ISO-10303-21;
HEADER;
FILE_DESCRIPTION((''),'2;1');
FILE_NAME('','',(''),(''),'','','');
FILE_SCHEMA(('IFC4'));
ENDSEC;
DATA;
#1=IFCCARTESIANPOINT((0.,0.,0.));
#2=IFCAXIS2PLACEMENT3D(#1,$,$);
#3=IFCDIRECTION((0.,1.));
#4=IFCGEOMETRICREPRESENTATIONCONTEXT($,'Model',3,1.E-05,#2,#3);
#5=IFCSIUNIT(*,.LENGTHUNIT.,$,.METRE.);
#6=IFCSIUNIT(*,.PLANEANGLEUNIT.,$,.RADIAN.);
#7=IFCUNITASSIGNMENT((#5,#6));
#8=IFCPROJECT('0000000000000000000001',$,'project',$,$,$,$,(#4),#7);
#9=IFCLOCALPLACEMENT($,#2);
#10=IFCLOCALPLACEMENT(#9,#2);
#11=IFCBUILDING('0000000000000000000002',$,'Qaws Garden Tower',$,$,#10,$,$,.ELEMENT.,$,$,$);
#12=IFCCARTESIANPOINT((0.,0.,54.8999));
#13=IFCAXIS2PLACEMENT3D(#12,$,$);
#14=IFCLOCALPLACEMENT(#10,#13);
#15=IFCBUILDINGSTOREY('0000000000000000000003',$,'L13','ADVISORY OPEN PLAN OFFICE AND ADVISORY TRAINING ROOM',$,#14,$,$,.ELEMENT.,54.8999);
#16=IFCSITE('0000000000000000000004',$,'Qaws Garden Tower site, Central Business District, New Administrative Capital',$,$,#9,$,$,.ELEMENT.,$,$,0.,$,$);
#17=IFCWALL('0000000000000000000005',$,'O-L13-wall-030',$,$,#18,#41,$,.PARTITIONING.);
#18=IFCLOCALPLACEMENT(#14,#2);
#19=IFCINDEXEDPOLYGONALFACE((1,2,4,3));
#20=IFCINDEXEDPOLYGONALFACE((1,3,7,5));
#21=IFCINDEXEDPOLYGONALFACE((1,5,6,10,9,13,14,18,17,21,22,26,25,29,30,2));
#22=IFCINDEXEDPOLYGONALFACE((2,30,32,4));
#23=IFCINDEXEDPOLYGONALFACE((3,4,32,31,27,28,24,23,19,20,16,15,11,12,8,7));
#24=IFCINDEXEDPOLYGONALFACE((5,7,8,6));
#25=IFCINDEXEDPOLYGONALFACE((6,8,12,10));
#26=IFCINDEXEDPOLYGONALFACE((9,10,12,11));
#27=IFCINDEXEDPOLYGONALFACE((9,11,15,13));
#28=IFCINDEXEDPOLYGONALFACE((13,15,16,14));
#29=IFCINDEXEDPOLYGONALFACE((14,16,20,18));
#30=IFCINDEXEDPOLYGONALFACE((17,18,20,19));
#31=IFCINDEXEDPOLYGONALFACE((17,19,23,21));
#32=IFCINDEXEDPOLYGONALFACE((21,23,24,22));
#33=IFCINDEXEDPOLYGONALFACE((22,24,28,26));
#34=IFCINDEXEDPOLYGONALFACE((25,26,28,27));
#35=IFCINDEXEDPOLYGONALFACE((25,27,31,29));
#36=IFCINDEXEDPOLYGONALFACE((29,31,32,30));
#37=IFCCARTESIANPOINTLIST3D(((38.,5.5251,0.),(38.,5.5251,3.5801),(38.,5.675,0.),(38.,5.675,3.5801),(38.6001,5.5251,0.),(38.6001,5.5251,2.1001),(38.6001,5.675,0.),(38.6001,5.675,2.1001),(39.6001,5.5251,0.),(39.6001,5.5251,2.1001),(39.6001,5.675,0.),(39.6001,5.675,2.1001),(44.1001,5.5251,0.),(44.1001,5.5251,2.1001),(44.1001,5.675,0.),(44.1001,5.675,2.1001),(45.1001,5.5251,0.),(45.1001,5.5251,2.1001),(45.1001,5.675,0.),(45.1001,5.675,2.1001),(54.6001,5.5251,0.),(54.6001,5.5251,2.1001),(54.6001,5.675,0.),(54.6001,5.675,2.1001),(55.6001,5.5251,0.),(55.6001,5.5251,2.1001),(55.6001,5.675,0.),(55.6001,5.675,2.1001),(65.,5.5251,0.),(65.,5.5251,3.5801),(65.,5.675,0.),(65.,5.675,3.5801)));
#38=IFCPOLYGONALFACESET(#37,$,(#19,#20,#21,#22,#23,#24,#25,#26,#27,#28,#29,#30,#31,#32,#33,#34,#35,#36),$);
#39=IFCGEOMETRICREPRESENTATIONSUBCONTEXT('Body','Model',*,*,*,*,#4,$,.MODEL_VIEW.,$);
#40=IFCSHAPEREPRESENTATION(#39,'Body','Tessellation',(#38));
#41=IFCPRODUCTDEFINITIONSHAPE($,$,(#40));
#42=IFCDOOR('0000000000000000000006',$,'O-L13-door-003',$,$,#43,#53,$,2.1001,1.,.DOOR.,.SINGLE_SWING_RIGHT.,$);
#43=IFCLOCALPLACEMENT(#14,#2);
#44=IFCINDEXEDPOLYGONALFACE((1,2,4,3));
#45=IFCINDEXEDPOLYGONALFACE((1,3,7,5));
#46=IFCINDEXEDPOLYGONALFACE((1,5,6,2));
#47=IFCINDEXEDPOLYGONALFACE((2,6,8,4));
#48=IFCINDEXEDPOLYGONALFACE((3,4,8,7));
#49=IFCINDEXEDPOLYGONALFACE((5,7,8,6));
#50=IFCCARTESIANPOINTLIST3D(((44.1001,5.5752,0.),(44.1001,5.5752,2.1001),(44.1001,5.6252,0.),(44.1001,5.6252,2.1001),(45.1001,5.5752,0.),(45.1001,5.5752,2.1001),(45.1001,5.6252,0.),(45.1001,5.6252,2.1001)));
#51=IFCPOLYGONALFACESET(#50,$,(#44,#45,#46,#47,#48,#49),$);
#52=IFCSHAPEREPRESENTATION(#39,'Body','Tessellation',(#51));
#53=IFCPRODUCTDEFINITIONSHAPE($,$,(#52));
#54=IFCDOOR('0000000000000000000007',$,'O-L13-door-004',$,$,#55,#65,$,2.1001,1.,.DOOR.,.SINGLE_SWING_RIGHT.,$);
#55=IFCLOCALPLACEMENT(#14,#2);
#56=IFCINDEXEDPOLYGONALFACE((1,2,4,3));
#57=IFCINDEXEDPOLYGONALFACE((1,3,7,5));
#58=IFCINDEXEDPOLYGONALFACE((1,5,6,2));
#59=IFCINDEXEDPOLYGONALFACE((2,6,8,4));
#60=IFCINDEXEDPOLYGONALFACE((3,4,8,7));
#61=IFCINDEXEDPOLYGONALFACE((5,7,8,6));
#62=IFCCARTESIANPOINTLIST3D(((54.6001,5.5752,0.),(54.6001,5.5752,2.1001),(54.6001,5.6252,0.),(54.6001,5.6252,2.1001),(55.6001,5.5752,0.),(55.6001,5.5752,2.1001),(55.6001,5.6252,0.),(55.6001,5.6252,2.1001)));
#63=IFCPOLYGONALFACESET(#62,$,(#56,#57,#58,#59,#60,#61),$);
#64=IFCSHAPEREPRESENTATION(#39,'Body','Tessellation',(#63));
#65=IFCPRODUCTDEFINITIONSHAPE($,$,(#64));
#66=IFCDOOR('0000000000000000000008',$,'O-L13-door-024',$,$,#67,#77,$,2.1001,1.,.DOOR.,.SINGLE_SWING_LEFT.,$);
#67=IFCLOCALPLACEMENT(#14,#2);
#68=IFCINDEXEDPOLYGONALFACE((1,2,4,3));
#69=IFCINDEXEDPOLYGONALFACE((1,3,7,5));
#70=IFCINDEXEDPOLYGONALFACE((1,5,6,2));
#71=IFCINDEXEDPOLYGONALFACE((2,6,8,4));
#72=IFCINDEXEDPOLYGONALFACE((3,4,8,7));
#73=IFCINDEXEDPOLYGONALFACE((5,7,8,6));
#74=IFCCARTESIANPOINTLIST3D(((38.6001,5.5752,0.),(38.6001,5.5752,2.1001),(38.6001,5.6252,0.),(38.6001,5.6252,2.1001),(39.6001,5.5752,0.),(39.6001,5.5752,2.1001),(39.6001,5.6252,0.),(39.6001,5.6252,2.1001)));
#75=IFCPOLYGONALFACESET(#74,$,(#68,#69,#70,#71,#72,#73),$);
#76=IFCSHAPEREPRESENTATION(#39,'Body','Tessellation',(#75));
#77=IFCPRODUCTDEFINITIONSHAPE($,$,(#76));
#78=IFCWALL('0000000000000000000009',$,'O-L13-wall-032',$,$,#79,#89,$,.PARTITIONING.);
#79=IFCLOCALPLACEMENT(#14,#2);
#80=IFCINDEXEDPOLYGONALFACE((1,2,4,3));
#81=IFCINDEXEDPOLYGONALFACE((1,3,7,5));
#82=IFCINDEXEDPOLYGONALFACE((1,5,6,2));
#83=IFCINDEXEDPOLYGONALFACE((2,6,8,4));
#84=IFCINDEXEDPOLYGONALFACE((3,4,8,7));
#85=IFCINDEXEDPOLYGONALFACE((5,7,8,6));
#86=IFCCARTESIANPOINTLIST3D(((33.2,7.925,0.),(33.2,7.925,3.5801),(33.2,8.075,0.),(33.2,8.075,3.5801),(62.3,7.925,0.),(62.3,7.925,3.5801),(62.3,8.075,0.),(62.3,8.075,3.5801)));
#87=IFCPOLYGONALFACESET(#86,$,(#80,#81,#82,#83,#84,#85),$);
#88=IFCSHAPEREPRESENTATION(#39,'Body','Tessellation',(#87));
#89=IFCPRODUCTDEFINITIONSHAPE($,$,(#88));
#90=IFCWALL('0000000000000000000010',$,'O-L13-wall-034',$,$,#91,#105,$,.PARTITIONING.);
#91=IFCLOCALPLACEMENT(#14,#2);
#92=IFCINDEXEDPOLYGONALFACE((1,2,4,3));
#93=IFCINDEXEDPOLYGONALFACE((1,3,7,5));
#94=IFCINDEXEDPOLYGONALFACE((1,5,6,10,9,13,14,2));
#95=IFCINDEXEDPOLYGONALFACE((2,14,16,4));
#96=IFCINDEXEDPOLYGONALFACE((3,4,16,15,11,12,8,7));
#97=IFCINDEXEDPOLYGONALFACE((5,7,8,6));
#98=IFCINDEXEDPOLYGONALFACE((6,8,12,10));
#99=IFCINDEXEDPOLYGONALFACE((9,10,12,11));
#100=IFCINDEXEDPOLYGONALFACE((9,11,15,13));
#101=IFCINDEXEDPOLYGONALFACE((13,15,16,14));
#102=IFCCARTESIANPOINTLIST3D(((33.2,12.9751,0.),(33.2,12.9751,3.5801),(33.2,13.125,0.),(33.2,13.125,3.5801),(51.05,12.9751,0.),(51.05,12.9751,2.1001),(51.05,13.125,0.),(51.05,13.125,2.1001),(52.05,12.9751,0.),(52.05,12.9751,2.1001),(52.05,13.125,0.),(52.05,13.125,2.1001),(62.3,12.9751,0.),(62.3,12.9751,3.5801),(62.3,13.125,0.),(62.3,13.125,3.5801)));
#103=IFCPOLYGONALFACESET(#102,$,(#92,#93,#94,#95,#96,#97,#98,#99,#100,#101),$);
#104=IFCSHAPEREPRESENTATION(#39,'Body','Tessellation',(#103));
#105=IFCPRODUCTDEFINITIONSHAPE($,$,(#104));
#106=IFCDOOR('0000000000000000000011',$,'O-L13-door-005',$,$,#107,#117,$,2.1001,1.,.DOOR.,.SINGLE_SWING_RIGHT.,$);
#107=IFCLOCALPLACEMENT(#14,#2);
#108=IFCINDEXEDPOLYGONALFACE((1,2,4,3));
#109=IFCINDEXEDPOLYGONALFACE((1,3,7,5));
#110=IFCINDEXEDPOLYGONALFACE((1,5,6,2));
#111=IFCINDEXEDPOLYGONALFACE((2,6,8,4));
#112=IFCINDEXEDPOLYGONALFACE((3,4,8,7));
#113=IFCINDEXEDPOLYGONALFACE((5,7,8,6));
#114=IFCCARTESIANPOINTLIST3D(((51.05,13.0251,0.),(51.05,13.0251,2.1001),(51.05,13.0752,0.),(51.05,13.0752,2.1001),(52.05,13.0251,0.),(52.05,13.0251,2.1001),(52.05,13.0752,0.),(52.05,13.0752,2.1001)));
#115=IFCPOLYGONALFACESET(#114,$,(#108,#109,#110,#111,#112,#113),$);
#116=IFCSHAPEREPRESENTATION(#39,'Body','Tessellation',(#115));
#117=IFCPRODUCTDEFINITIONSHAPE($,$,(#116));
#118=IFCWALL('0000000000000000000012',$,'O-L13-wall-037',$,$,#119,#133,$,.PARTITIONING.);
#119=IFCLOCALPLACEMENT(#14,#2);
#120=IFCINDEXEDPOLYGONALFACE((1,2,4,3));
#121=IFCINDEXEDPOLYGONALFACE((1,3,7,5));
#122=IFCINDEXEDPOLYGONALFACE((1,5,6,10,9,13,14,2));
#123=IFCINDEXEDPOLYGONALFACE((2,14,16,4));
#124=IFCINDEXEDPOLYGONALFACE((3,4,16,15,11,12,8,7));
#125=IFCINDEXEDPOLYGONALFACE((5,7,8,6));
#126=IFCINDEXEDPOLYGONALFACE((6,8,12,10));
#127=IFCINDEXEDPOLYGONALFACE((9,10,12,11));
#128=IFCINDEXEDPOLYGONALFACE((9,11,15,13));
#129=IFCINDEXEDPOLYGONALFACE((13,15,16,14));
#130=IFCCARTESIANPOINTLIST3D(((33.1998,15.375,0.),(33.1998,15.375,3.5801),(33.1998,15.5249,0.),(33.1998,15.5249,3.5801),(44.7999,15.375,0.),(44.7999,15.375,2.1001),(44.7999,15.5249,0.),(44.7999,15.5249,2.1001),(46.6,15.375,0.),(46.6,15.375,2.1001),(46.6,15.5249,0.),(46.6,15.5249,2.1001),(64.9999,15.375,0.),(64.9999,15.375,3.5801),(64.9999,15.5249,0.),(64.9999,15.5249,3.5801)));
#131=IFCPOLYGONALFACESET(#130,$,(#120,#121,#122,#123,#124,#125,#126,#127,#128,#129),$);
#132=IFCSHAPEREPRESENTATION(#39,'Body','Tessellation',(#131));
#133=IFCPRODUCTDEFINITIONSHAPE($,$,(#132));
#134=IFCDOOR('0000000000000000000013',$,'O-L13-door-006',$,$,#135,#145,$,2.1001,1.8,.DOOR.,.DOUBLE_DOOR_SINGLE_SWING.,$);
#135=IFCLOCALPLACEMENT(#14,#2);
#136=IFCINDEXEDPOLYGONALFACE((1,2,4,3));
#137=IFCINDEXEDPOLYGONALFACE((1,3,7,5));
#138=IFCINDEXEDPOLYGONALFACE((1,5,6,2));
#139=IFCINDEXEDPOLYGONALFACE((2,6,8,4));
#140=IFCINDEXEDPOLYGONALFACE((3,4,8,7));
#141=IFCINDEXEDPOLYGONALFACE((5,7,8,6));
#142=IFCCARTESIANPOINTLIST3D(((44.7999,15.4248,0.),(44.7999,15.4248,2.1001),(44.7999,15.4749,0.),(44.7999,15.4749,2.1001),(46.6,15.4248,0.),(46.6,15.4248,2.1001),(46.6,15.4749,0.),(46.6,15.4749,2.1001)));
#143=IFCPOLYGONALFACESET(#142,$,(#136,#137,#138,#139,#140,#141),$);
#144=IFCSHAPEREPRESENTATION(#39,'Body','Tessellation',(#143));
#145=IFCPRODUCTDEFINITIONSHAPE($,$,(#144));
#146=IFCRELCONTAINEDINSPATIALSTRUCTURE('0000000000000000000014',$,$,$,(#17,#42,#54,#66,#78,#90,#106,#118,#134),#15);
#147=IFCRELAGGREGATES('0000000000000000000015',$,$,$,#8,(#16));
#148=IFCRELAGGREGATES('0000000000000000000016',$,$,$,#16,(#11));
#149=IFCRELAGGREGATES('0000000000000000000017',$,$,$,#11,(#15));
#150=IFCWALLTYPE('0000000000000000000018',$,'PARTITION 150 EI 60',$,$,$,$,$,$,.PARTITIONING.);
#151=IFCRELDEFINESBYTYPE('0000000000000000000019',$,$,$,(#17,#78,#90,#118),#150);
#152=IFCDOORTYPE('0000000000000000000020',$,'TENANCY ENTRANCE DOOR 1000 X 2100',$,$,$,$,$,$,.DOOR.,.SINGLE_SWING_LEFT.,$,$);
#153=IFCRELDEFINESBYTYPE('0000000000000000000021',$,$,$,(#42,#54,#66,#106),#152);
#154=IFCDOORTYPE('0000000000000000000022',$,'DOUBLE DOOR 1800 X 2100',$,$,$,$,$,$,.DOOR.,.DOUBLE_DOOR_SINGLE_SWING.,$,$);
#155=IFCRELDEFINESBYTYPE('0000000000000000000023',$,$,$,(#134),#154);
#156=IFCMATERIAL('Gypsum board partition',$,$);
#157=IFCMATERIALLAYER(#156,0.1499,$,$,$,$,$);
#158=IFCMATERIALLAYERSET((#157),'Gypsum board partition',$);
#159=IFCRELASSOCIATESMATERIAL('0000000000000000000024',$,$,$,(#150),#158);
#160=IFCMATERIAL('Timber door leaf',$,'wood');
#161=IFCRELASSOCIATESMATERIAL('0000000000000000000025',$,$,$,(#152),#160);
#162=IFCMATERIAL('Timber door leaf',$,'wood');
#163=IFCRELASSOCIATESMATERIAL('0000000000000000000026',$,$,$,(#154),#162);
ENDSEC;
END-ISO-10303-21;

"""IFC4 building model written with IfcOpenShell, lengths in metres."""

from ifc_helpers import new_model, si_unit, direction, frame, frame_2d, origin, place, context, subcontext, project, spatial, rectangle, extrude, material, layer, layer_set, type_object, element, fill, save


model = new_model("IFC4")

# Units and contexts
model_context = context("Model", 3, precision=1e-05, world=origin(), true_north=direction((0.0, 1.0)))
body_context = subcontext(model_context, "Body", "Model", "MODEL_VIEW")
ifc_project = project(units=[si_unit("LENGTHUNIT", "METRE"), si_unit("PLANEANGLEUNIT", "RADIAN")], contexts=[model_context])

# Site, building, storey
site_placement = place(None, origin())
site = spatial("IfcSite", under=ifc_project, at=site_placement, Name="Qaws Garden Tower site, Central Business District, New Administrative Capital", CompositionType="ELEMENT", RefElevation=0.0)
building_placement = place(site_placement, origin())
building = spatial("IfcBuilding", under=site, at=building_placement, Name="Qaws Garden Tower", CompositionType="ELEMENT")
storey_placement = place(building_placement, frame((0.0, 0.0, 54.8999)))
storey = spatial("IfcBuildingStorey", under=building, at=storey_placement, Name="L13", Description="ADVISORY OPEN PLAN OFFICE AND ADVISORY TRAINING ROOM", CompositionType="ELEMENT", Elevation=54.8999)

# Shared definitions
ifc_material_1 = material(Name="Gypsum board partition")
ifc_layer_1 = layer(ifc_material_1, 0.1499)
ifc_layer_set_1 = layer_set([ifc_layer_1], Name="Gypsum board partition")
wall_type_1 = type_object("IfcWallType", Name="PARTITION 150 EI 60", PredefinedType="PARTITIONING", material=ifc_layer_set_1)

# Wall, openings, doors
wall_1_placement = place(storey_placement, frame((38.0, 5.6001, 0.0), z_axis=(0.0, 0.0, 1.0), x_axis=(1.0, 0.0, 0.0)))
wall_1 = element("IfcWall", 1, at=wall_1_placement, inside=storey, type_object=wall_type_1, Name="O-L13-wall-030", PredefinedType="PARTITIONING", context=body_context, shape_type="SweptSolid", body=[
    extrude(rectangle(XDim=27.0, YDim=0.1499, at=frame_2d((13.5, 0.0))), origin(), (0.0, 0.0, 1.0), 3.5801),
])
opening_1_placement = place(wall_1_placement, frame((6.1001, 0.0, 0.0)))
opening_1 = element("IfcOpeningElement", 2, at=opening_1_placement, cuts=wall_1, PredefinedType="OPENING", context=body_context, shape_type="SweptSolid", body=[
    extrude(rectangle(XDim=1.0, YDim=2.1001, at=frame_2d((0.5, 1.05))), frame((0.0, 0.085, 0.0), z_axis=(0.0, -1.0, 0.0), x_axis=(1.0, 0.0, 0.0)), (0.0, 0.0, 1.0), 0.1699),
])
opening_2_placement = place(wall_1_placement, frame((16.6001, 0.0, 0.0)))
opening_2 = element("IfcOpeningElement", 3, at=opening_2_placement, cuts=wall_1, PredefinedType="OPENING", context=body_context, shape_type="SweptSolid", body=[
    extrude(rectangle(XDim=1.0, YDim=2.1001, at=frame_2d((0.5, 1.05))), frame((0.0, 0.085, 0.0), z_axis=(0.0, -1.0, 0.0), x_axis=(1.0, 0.0, 0.0)), (0.0, 0.0, 1.0), 0.1699),
])
opening_3_placement = place(wall_1_placement, frame((0.6001, 0.0, 0.0)))
opening_3 = element("IfcOpeningElement", 4, at=opening_3_placement, cuts=wall_1, PredefinedType="OPENING", context=body_context, shape_type="SweptSolid", body=[
    extrude(rectangle(XDim=1.0, YDim=2.1001, at=frame_2d((0.5, 1.05))), frame((0.0, 0.085, 0.0), z_axis=(0.0, -1.0, 0.0), x_axis=(1.0, 0.0, 0.0)), (0.0, 0.0, 1.0), 0.1699),
])
ifc_material_2 = material(Name="Timber door leaf", Category="wood")
door_type_1 = type_object("IfcDoorType", Name="TENANCY ENTRANCE DOOR 1000 X 2100", OperationType="SINGLE_SWING_LEFT", PredefinedType="DOOR", material=ifc_material_2)
door_1_placement = place(opening_1_placement, frame((1.0, 0.0, 0.0), z_axis=(0.0, 0.0, 1.0), x_axis=(-1.0, 0.0, 0.0)))
door_1 = element("IfcDoor", 5, at=door_1_placement, inside=storey, type_object=door_type_1, Name="O-L13-door-003", OperationType="SINGLE_SWING_RIGHT", OverallHeight=2.1001, OverallWidth=1.0, PredefinedType="DOOR", context=body_context, shape_type="SweptSolid", body=[
    extrude(rectangle(XDim=1.0, YDim=2.1001, at=frame_2d((0.5, 1.05))), frame((0.0, 0.0249, 0.0), z_axis=(0.0, -1.0, 0.0), x_axis=(1.0, 0.0, 0.0)), (0.0, 0.0, 1.0), 0.05),
])
fill(opening_1, door_1)
door_2_placement = place(opening_2_placement, frame((1.0, 0.0, 0.0), z_axis=(0.0, 0.0, 1.0), x_axis=(-1.0, 0.0, 0.0)))
door_2 = element("IfcDoor", 6, at=door_2_placement, inside=storey, type_object=door_type_1, Name="O-L13-door-004", OperationType="SINGLE_SWING_RIGHT", OverallHeight=2.1001, OverallWidth=1.0, PredefinedType="DOOR", context=body_context, shape_type="SweptSolid", body=[
    extrude(rectangle(XDim=1.0, YDim=2.1001, at=frame_2d((0.5, 1.05))), frame((0.0, 0.0249, 0.0), z_axis=(0.0, -1.0, 0.0), x_axis=(1.0, 0.0, 0.0)), (0.0, 0.0, 1.0), 0.05),
])
fill(opening_2, door_2)
door_3_placement = place(opening_3_placement, frame((1.0, 0.0, 0.0), z_axis=(0.0, 0.0, 1.0), x_axis=(-1.0, 0.0, 0.0)))
door_3 = element("IfcDoor", 7, at=door_3_placement, inside=storey, type_object=door_type_1, Name="O-L13-door-024", OperationType="SINGLE_SWING_LEFT", OverallHeight=2.1001, OverallWidth=1.0, PredefinedType="DOOR", context=body_context, shape_type="SweptSolid", body=[
    extrude(rectangle(XDim=1.0, YDim=2.1001, at=frame_2d((0.5, 1.05))), frame((0.0, 0.0249, 0.0), z_axis=(0.0, -1.0, 0.0), x_axis=(1.0, 0.0, 0.0)), (0.0, 0.0, 1.0), 0.05),
])
fill(opening_3, door_3)

# Wall
wall_2_placement = place(storey_placement, frame((33.2, 8.0, 0.0), z_axis=(0.0, 0.0, 1.0), x_axis=(1.0, 0.0, 0.0)))
element("IfcWall", 8, at=wall_2_placement, inside=storey, type_object=wall_type_1, Name="O-L13-wall-032", PredefinedType="PARTITIONING", context=body_context, shape_type="SweptSolid", body=[
    extrude(rectangle(XDim=29.1001, YDim=0.1499, at=frame_2d((14.55, 0.0))), origin(), (0.0, 0.0, 1.0), 3.5801),
])

# Walls, openings, doors
wall_3_placement = place(storey_placement, frame((33.2, 13.05, 0.0), z_axis=(0.0, 0.0, 1.0), x_axis=(1.0, 0.0, 0.0)))
wall_3 = element("IfcWall", 9, at=wall_3_placement, inside=storey, type_object=wall_type_1, Name="O-L13-wall-034", PredefinedType="PARTITIONING", context=body_context, shape_type="SweptSolid", body=[
    extrude(rectangle(XDim=29.1001, YDim=0.1499, at=frame_2d((14.55, 0.0))), origin(), (0.0, 0.0, 1.0), 3.5801),
])
opening_4_placement = place(wall_3_placement, frame((17.8501, 0.0, 0.0)))
opening_4 = element("IfcOpeningElement", 10, at=opening_4_placement, cuts=wall_3, PredefinedType="OPENING", context=body_context, shape_type="SweptSolid", body=[
    extrude(rectangle(XDim=1.0, YDim=2.1001, at=frame_2d((0.5, 1.05))), frame((0.0, 0.085, 0.0), z_axis=(0.0, -1.0, 0.0), x_axis=(1.0, 0.0, 0.0)), (0.0, 0.0, 1.0), 0.1699),
])
door_4_placement = place(opening_4_placement, frame((1.0, 0.0, 0.0), z_axis=(0.0, 0.0, 1.0), x_axis=(-1.0, 0.0, 0.0)))
door_4 = element("IfcDoor", 11, at=door_4_placement, inside=storey, type_object=door_type_1, Name="O-L13-door-005", OperationType="SINGLE_SWING_RIGHT", OverallHeight=2.1001, OverallWidth=1.0, PredefinedType="DOOR", context=body_context, shape_type="SweptSolid", body=[
    extrude(rectangle(XDim=1.0, YDim=2.1001, at=frame_2d((0.5, 1.05))), frame((0.0, 0.0249, 0.0), z_axis=(0.0, -1.0, 0.0), x_axis=(1.0, 0.0, 0.0)), (0.0, 0.0, 1.0), 0.05),
])
fill(opening_4, door_4)
wall_4_placement = place(storey_placement, frame((33.2, 15.45, 0.0), z_axis=(0.0, 0.0, 1.0), x_axis=(1.0, 0.0, 0.0)))
wall_4 = element("IfcWall", 12, at=wall_4_placement, inside=storey, type_object=wall_type_1, Name="O-L13-wall-037", PredefinedType="PARTITIONING", context=body_context, shape_type="SweptSolid", body=[
    extrude(rectangle(XDim=31.8, YDim=0.1499, at=frame_2d((15.8999, 0.0))), origin(), (0.0, 0.0, 1.0), 3.5801),
])
opening_5_placement = place(wall_4_placement, frame((11.6001, 0.0, 0.0)))
opening_5 = element("IfcOpeningElement", 13, at=opening_5_placement, cuts=wall_4, PredefinedType="OPENING", context=body_context, shape_type="SweptSolid", body=[
    extrude(rectangle(XDim=1.8, YDim=2.1001, at=frame_2d((0.8999, 1.05))), frame((0.0, 0.085, 0.0), z_axis=(0.0, -1.0, 0.0), x_axis=(1.0, 0.0, 0.0)), (0.0, 0.0, 1.0), 0.1699),
])
ifc_material_3 = material(Name="Timber door leaf", Category="wood")
door_type_2 = type_object("IfcDoorType", Name="DOUBLE DOOR 1800 X 2100", OperationType="DOUBLE_DOOR_SINGLE_SWING", PredefinedType="DOOR", material=ifc_material_3)
door_5_placement = place(opening_5_placement, origin())
door_5 = element("IfcDoor", 14, at=door_5_placement, inside=storey, type_object=door_type_2, Name="O-L13-door-006", OperationType="DOUBLE_DOOR_SINGLE_SWING", OverallHeight=2.1001, OverallWidth=1.8, PredefinedType="DOOR", context=body_context, shape_type="SweptSolid", body=[
    extrude(rectangle(XDim=1.8, YDim=2.1001, at=frame_2d((0.8999, 1.05))), frame((0.0, 0.0249, 0.0), z_axis=(0.0, -1.0, 0.0), x_axis=(1.0, 0.0, 0.0)), (0.0, 0.0, 1.0), 0.05),
])
fill(opening_5, door_5)

save(model, "model.ifc")
